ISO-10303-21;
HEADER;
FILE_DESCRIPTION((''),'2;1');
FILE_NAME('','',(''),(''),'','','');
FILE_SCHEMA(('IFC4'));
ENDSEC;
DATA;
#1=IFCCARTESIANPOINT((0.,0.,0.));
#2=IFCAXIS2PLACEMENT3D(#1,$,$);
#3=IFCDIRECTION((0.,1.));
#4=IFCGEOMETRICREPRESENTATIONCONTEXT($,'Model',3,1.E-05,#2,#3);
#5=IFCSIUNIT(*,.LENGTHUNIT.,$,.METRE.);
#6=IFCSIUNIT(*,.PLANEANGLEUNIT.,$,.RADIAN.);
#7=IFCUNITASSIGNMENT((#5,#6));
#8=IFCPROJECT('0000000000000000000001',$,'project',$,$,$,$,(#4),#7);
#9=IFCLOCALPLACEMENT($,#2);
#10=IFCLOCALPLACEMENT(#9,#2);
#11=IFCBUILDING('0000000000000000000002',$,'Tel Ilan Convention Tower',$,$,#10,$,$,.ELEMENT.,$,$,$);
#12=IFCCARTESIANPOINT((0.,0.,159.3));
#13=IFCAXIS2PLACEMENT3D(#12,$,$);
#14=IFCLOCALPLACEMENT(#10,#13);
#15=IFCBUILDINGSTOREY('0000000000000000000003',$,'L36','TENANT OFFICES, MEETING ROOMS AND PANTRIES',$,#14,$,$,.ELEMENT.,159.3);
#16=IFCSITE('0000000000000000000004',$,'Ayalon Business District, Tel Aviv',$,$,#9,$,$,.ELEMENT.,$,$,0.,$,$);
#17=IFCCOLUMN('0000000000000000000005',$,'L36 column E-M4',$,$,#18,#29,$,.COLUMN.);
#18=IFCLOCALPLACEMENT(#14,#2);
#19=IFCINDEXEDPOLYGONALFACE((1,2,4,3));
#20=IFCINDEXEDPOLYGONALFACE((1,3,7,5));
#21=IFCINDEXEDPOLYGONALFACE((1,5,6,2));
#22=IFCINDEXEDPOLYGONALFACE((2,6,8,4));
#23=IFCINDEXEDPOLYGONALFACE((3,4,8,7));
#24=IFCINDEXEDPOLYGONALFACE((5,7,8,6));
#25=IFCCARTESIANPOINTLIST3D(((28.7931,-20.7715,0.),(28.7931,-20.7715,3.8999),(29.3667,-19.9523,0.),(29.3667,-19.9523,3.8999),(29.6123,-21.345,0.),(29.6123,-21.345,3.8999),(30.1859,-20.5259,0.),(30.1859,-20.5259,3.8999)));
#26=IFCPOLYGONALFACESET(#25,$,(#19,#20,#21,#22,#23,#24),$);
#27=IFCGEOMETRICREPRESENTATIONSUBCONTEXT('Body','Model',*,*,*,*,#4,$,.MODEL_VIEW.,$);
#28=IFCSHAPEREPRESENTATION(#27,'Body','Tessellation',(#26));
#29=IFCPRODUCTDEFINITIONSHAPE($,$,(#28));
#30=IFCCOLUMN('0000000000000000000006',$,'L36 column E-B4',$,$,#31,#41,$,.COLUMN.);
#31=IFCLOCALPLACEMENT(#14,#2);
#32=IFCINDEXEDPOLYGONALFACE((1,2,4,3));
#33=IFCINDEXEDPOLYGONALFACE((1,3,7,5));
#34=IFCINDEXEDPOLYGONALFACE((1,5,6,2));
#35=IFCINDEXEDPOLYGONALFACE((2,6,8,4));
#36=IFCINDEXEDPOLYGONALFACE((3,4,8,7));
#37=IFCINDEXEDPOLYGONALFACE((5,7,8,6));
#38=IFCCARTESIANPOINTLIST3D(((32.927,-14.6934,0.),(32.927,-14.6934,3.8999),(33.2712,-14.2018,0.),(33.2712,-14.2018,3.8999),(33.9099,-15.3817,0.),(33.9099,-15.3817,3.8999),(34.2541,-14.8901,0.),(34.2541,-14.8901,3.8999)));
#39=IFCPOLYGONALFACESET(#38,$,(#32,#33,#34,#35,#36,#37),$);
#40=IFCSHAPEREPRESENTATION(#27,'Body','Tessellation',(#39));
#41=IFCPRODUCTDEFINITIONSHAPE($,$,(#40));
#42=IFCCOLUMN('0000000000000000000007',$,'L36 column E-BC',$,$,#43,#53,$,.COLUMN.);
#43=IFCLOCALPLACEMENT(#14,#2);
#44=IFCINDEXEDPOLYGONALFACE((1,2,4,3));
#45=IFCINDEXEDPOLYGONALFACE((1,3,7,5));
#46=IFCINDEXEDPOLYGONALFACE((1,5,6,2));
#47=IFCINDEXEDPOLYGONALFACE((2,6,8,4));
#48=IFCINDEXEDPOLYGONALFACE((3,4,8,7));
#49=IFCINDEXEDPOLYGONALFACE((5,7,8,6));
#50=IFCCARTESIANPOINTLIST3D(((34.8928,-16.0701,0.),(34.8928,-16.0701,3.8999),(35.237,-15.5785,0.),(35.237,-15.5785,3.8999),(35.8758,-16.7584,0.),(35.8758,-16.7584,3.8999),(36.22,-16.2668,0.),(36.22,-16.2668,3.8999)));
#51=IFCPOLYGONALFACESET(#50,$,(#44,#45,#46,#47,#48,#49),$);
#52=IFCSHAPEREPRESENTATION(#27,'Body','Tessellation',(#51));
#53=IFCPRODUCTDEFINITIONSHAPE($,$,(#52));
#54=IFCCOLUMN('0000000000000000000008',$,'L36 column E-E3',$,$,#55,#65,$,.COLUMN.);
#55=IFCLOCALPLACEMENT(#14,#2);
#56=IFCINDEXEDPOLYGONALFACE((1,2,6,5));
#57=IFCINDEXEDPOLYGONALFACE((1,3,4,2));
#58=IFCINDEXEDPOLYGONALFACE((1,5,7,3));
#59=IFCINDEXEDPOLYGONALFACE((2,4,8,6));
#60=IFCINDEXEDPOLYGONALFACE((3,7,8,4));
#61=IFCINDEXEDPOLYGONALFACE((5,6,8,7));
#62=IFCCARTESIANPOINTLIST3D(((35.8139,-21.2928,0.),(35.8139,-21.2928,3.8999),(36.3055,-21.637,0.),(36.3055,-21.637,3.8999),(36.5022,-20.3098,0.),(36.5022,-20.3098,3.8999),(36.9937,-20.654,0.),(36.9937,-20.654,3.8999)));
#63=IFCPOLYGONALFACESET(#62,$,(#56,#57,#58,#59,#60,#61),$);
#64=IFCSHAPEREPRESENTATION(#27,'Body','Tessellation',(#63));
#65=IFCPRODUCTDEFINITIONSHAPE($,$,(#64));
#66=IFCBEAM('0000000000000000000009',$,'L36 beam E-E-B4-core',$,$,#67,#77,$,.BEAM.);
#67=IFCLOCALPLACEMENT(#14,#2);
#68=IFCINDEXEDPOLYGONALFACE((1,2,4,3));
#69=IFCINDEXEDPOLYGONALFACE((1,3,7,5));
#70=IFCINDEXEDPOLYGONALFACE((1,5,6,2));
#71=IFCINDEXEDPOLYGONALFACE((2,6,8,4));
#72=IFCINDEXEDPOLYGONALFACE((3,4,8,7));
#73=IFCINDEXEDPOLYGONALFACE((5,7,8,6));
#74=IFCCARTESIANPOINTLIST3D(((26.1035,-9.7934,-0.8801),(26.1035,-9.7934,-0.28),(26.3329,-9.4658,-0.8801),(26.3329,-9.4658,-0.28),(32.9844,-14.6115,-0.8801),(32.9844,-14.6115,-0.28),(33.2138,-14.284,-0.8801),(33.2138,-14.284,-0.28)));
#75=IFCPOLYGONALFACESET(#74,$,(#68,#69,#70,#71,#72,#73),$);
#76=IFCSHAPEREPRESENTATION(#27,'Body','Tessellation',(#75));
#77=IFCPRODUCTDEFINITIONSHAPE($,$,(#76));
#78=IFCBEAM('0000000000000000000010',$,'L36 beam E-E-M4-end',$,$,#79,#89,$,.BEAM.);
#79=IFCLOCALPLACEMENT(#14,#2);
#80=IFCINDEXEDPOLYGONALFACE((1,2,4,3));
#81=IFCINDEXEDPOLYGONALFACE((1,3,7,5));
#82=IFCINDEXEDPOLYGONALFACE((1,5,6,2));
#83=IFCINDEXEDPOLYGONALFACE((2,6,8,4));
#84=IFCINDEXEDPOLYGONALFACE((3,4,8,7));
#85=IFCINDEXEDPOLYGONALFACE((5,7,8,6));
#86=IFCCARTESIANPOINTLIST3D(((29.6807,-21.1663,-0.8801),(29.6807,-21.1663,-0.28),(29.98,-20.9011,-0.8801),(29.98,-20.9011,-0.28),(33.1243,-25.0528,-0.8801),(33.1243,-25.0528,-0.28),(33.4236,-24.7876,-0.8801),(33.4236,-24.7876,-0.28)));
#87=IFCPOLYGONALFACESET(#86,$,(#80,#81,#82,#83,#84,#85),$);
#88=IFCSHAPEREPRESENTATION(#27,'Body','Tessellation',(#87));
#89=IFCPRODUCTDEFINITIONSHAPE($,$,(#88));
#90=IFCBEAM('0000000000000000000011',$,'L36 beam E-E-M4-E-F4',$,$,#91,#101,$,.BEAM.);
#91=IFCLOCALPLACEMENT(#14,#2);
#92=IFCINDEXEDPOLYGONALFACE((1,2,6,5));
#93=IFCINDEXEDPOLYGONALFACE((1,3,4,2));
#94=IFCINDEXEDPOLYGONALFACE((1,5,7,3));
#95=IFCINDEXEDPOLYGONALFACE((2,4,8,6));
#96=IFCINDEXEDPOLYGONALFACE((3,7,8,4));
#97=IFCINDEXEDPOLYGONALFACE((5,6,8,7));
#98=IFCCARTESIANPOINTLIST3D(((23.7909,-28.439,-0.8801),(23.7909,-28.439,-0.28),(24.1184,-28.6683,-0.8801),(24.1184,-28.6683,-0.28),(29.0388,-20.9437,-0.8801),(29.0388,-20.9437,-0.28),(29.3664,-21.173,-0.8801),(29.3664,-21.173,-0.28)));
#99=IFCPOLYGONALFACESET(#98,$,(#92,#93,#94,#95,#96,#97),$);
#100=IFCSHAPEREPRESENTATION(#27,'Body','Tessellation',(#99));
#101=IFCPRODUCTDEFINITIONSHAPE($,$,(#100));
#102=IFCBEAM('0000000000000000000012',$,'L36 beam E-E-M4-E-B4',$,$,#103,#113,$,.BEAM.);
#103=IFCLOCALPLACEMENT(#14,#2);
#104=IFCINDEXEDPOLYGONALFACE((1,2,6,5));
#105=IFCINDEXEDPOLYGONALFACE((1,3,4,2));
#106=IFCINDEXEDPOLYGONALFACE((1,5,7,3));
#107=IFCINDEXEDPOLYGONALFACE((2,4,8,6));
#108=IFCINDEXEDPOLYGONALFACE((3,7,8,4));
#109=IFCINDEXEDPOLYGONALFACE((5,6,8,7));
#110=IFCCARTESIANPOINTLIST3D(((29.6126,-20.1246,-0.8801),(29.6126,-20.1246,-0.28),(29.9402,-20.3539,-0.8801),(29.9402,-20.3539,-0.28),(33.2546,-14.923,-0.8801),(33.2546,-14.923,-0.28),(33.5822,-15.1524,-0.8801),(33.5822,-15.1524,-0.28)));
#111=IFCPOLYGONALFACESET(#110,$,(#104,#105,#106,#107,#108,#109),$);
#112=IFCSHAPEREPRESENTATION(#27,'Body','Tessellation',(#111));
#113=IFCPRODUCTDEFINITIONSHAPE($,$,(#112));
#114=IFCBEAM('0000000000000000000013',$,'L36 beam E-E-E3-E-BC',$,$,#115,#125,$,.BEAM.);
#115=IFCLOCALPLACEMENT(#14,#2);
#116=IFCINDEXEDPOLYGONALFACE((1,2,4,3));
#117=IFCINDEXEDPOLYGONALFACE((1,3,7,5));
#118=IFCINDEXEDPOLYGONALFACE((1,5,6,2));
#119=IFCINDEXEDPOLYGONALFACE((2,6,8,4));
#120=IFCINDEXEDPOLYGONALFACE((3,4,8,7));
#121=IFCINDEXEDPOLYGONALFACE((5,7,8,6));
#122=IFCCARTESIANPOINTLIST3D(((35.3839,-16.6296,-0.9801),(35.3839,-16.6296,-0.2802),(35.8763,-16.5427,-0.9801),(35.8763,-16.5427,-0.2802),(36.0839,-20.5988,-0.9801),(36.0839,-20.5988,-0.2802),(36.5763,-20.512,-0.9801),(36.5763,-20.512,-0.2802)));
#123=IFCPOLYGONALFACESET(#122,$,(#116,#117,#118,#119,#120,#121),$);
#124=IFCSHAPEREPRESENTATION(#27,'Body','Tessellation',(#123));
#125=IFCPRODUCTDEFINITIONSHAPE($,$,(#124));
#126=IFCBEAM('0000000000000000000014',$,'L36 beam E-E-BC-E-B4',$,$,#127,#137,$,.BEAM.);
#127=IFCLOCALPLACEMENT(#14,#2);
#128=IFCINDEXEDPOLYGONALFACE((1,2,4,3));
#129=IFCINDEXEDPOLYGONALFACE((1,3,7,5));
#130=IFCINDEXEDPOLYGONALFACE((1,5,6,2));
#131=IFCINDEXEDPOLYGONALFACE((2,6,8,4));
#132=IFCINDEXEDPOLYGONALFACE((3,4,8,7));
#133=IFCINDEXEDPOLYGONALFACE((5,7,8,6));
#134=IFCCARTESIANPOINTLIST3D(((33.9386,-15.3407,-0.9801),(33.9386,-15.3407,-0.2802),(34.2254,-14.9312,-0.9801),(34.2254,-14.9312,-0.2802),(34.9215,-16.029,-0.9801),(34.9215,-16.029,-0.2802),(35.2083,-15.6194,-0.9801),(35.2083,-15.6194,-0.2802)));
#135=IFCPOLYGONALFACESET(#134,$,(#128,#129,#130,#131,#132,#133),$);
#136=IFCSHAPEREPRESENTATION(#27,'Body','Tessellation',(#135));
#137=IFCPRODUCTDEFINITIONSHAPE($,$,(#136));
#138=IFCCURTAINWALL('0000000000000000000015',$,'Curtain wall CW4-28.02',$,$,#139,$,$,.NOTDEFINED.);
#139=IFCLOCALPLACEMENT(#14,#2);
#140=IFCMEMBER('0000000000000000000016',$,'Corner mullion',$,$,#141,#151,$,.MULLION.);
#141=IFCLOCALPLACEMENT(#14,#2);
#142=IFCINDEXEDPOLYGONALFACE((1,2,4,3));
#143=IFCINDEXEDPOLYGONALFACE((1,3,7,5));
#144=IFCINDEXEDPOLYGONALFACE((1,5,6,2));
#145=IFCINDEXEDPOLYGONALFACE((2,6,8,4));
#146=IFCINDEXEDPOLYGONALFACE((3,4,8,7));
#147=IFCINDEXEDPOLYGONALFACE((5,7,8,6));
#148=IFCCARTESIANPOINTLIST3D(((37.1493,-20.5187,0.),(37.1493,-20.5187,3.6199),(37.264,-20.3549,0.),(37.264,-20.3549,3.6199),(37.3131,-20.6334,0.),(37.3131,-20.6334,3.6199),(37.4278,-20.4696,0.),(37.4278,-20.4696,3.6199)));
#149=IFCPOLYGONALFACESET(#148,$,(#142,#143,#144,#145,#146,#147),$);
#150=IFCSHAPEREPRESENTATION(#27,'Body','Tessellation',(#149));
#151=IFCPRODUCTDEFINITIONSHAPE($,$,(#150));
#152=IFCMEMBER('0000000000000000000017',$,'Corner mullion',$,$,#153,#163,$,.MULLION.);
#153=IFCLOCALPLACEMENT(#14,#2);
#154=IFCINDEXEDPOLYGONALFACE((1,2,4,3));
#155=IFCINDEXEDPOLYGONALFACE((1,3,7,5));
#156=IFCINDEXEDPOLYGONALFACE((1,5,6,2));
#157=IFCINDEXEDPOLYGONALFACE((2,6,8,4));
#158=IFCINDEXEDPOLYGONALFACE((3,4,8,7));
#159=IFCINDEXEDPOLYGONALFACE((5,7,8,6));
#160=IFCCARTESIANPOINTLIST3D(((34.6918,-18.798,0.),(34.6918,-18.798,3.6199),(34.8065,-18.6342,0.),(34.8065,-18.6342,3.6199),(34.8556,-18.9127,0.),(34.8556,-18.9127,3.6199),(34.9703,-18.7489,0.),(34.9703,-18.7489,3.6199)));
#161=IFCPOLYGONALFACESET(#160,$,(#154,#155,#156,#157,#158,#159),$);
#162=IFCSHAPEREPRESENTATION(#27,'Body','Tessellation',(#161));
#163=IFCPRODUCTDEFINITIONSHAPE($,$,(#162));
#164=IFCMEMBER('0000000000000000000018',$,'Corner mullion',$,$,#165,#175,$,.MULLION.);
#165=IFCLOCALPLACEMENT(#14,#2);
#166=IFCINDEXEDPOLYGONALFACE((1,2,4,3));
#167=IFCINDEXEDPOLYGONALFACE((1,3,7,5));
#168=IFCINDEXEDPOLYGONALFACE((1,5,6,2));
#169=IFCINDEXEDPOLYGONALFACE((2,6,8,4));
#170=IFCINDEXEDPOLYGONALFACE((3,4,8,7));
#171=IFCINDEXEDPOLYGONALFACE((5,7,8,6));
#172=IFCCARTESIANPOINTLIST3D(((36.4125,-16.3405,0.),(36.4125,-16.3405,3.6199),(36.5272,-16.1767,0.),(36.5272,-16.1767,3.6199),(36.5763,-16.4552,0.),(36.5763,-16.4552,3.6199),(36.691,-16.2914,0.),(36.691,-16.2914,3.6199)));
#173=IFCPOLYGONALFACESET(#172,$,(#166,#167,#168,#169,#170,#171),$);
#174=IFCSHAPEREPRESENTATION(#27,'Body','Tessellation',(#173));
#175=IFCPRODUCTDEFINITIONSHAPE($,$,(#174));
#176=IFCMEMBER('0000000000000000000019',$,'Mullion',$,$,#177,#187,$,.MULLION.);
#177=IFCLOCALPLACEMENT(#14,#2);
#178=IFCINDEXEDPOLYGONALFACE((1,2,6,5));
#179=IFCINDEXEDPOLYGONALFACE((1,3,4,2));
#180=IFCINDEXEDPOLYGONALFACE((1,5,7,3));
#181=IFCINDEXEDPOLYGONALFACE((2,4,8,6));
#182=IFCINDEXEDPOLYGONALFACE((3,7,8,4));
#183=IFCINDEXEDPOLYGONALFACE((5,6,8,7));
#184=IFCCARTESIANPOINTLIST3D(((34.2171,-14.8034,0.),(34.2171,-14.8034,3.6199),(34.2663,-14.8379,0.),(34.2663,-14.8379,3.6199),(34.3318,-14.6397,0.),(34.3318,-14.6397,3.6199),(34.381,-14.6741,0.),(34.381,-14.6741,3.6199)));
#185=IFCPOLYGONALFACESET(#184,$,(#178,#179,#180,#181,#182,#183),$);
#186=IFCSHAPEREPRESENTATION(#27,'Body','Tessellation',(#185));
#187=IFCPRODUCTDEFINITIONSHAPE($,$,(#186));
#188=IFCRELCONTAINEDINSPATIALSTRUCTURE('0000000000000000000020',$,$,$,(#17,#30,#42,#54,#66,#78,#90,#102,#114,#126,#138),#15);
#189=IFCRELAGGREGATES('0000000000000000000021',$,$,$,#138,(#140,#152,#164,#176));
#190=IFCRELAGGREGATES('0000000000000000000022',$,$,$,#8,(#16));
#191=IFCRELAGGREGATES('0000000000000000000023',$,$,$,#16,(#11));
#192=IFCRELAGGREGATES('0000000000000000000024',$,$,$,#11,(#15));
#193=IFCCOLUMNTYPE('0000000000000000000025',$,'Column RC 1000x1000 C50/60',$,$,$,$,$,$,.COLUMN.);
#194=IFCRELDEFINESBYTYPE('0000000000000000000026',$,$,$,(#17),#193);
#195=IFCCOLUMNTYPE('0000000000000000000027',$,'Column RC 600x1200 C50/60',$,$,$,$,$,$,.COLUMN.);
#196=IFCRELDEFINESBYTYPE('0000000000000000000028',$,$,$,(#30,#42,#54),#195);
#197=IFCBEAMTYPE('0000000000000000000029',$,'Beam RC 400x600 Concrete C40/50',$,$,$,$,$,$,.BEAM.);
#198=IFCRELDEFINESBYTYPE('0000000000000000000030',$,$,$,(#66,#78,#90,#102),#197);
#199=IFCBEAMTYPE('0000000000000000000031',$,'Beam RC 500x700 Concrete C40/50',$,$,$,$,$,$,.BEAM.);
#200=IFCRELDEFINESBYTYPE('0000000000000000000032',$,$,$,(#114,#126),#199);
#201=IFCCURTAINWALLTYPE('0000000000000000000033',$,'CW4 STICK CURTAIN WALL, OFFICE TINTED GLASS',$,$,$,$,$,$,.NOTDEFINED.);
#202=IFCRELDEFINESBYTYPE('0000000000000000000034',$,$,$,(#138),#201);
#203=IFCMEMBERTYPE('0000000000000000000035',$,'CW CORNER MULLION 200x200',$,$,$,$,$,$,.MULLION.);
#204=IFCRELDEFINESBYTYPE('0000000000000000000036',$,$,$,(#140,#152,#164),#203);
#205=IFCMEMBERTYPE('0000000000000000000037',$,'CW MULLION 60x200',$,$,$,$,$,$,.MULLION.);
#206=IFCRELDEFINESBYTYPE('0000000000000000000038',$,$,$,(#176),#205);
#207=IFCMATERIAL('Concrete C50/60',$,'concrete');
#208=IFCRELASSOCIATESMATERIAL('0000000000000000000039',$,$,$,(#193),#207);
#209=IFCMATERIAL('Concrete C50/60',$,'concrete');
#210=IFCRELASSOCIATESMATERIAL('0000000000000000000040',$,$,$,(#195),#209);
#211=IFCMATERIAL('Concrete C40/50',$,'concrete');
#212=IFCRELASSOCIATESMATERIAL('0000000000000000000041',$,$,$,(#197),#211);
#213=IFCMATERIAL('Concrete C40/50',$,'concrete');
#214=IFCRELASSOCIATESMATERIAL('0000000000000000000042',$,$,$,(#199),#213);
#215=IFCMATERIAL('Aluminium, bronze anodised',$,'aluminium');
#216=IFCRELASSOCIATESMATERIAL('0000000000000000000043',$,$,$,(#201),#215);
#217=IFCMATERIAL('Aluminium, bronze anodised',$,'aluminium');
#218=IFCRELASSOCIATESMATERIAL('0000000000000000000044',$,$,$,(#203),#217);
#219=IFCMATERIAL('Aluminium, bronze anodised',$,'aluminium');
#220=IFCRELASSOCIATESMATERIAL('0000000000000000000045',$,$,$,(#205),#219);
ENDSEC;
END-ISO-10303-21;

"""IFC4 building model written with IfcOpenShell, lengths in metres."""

from ifc_helpers import new_model, si_unit, direction, frame, origin, origin_2d, place, context, subcontext, project, spatial, rectangle, extrude, material, material_profile, profile_set, type_object, element, aggregate, save


model = new_model("IFC4")

# Units and contexts
model_context = context("Model", 3, precision=1e-05, world=origin(), true_north=direction((0.0, 1.0)))
body_context = subcontext(model_context, "Body", "Model", "MODEL_VIEW")
ifc_project = project(units=[si_unit("LENGTHUNIT", "METRE"), si_unit("PLANEANGLEUNIT", "RADIAN")], contexts=[model_context])

# Site, building, storey
site_placement = place(None, origin())
site = spatial("IfcSite", under=ifc_project, at=site_placement, Name="Ayalon Business District, Tel Aviv", CompositionType="ELEMENT", RefElevation=0.0)
building_placement = place(site_placement, origin())
building = spatial("IfcBuilding", under=site, at=building_placement, Name="Tel Ilan Convention Tower", CompositionType="ELEMENT")
storey_placement = place(building_placement, frame((0.0, 0.0, 159.3)))
storey = spatial("IfcBuildingStorey", under=building, at=storey_placement, Name="L36", Description="TENANT OFFICES, MEETING ROOMS AND PANTRIES", CompositionType="ELEMENT", Elevation=159.3)

# Columns
ifc_material_1 = material(Name="Concrete C50/60", Category="concrete")
ifc_material_profile_1 = material_profile(ifc_material_1, rectangle(XDim=1.0, YDim=1.0, at=origin_2d()), Name="RC 1000x1000")
ifc_profile_set_1 = profile_set([ifc_material_profile_1], Name="Concrete C50/60")
column_type_1 = type_object("IfcColumnType", Name="Column RC 1000x1000 C50/60", PredefinedType="COLUMN", material=ifc_profile_set_1)
column_placement = place(storey_placement, frame((29.4895, -20.6487, 0.0), z_axis=(0.0, 0.0, 1.0), x_axis=(0.819152, -0.573576, 0.0)))
element("IfcColumn", 1, at=column_placement, inside=storey, type_object=column_type_1, Name="L36 column E-M4", PredefinedType="COLUMN", context=body_context, shape_type="SweptSolid", body=[
    extrude(rectangle(XDim=1.0, YDim=1.0, at=origin_2d()), origin(), (0.0, 0.0, 1.0), 3.8999),
])
ifc_material_2 = material(Name="Concrete C50/60", Category="concrete")
ifc_material_profile_2 = material_profile(ifc_material_2, rectangle(XDim=1.2, YDim=0.6001, at=origin_2d()), Name="RC 600x1200")
ifc_profile_set_2 = profile_set([ifc_material_profile_2], Name="Concrete C50/60")
column_type_2 = type_object("IfcColumnType", Name="Column RC 600x1200 C50/60", PredefinedType="COLUMN", material=ifc_profile_set_2)
for number, where, z_axis, x_axis, name in (
    (2, (33.5906, -14.7917, 0.0), (0.0, 0.0, 1.0), (0.819152, -0.573576, 0.0), "L36 column E-B4"),
    (3, (35.5564, -16.1685, 0.0), (0.0, 0.0, 1.0), (0.819152, -0.573576, 0.0), "L36 column E-BC"),
    (4, (36.4038, -20.9734, 0.0), (0.0, 0.0, 1.0), (0.573576, 0.819152, 0.0), "L36 column E-E3"),
):
    element("IfcColumn", number, at=place(storey_placement, frame(where, z_axis=z_axis, x_axis=x_axis)), inside=storey, type_object=column_type_2, Name=name, PredefinedType="COLUMN", context=body_context, shape_type="SweptSolid", body=[
        extrude(rectangle(XDim=1.2, YDim=0.6001, at=origin_2d()), origin(), (0.0, 0.0, 1.0), 3.8999),
    ])

# Beams
ifc_material_3 = material(Name="Concrete C40/50", Category="concrete")
ifc_material_profile_3 = material_profile(ifc_material_3, rectangle(XDim=0.3999, YDim=0.6001, at=origin_2d()), Name="RC 400x600")
ifc_profile_set_3 = profile_set([ifc_material_profile_3], Name="Concrete C40/50")
beam_type_1 = type_object("IfcBeamType", Name="Beam RC 400x600 Concrete C40/50", PredefinedType="BEAM", material=ifc_profile_set_3)
beam_1_placement = place(storey_placement, frame((33.0991, -14.4478, -0.5801), z_axis=(-0.819147, 0.573583, 0.0), x_axis=(-0.573583, -0.819147, 0.0)))
element("IfcBeam", 5, at=beam_1_placement, inside=storey, type_object=beam_type_1, Name="L36 beam E-E-B4-core", PredefinedType="BEAM", context=body_context, shape_type="SweptSolid", body=[
    extrude(rectangle(XDim=0.3999, YDim=0.6001, at=origin_2d()), origin(), (0.0, 0.0, 1.0), 8.4001),
])
beam_2_placement = place(storey_placement, frame((29.8303, -21.0337, -0.5801), z_axis=(0.663175, -0.748464, 0.0), x_axis=(0.748464, 0.663175, 0.0)))
element("IfcBeam", 6, at=beam_2_placement, inside=storey, type_object=beam_type_1, Name="L36 beam E-E-M4-end", PredefinedType="BEAM", context=body_context, shape_type="SweptSolid", body=[
    extrude(rectangle(XDim=0.3999, YDim=0.6001, at=origin_2d()), origin(), (0.0, 0.0, 1.0), 5.1926),
])
beam_3_placement = place(storey_placement, frame((29.2026, -21.0583, -0.5801), z_axis=(-0.573557, -0.819165, 0.0), x_axis=(0.819165, -0.573557, 0.0)))
element("IfcBeam", 7, at=beam_3_placement, inside=storey, type_object=beam_type_1, Name="L36 beam E-E-M4-E-F4", PredefinedType="BEAM", context=body_context, shape_type="SweptSolid", body=[
    extrude(rectangle(XDim=0.3999, YDim=0.6001, at=origin_2d()), origin(), (0.0, 0.0, 1.0), 9.1499),
])
beam_4_placement = place(storey_placement, frame((29.7764, -20.2393, -0.5801), z_axis=(0.57356, 0.819163, 0.0), x_axis=(-0.819163, 0.57356, 0.0)))
element("IfcBeam", 8, at=beam_4_placement, inside=storey, type_object=beam_type_1, Name="L36 beam E-E-M4-E-B4", PredefinedType="BEAM", context=body_context, shape_type="SweptSolid", body=[
    extrude(rectangle(XDim=0.3999, YDim=0.6001, at=origin_2d()), origin(), (0.0, 0.0, 1.0), 6.3499),
])
ifc_material_4 = material(Name="Concrete C40/50", Category="concrete")
ifc_material_profile_4 = material_profile(ifc_material_4, rectangle(XDim=0.5, YDim=0.7, at=origin_2d()), Name="RC 500x700")
ifc_profile_set_4 = profile_set([ifc_material_profile_4], Name="Concrete C40/50")
beam_type_2 = type_object("IfcBeamType", Name="Beam RC 500x700 Concrete C40/50", PredefinedType="BEAM", material=ifc_profile_set_4)
beam_5_placement = place(storey_placement, frame((36.3301, -20.5554, -0.6301), z_axis=(-0.173664, 0.984805, 0.0), x_axis=(-0.984805, -0.173664, 0.0)))
element("IfcBeam", 9, at=beam_5_placement, inside=storey, type_object=beam_type_2, Name="L36 beam E-E-E3-E-BC", PredefinedType="BEAM", context=body_context, shape_type="SweptSolid", body=[
    extrude(rectangle(XDim=0.5, YDim=0.7, at=origin_2d()), origin(), (0.0, 0.0, 1.0), 4.0305),
])
beam_6_placement = place(storey_placement, frame((35.0649, -15.8242, -0.6301), z_axis=(-0.819155, 0.573572, 0.0), x_axis=(-0.573572, -0.819155, 0.0)))
element("IfcBeam", 10, at=beam_6_placement, inside=storey, type_object=beam_type_2, Name="L36 beam E-E-BC-E-B4", PredefinedType="BEAM", context=body_context, shape_type="SweptSolid", body=[
    extrude(rectangle(XDim=0.5, YDim=0.7, at=origin_2d()), origin(), (0.0, 0.0, 1.0), 1.2),
])

# Curtain wall, members
ifc_material_5 = material(Name="Aluminium, bronze anodised", Category="aluminium")
curtain_wall_type = type_object("IfcCurtainWallType", Name="CW4 STICK CURTAIN WALL, OFFICE TINTED GLASS", PredefinedType="NOTDEFINED", material=ifc_material_5)
curtain_wall_placement = place(storey_placement, origin())
curtain_wall = element("IfcCurtainWall", 11, at=curtain_wall_placement, inside=storey, type_object=curtain_wall_type, Name="Curtain wall CW4-28.02", PredefinedType="NOTDEFINED")
ifc_material_6 = material(Name="Aluminium, bronze anodised", Category="aluminium")
ifc_material_profile_5 = material_profile(ifc_material_6, rectangle(XDim=0.2, YDim=0.2, at=origin_2d()), Name="CW CORNER MULLION 200x200")
ifc_profile_set_5 = profile_set([ifc_material_profile_5], Name="Aluminium, bronze anodised")
member_type_1 = type_object("IfcMemberType", Name="CW CORNER MULLION 200x200", PredefinedType="MULLION", material=ifc_profile_set_5)
member_1_placement = place(storey_placement, frame((37.2886, -20.4941, 0.0), z_axis=(0.0, 0.0, 1.0), x_axis=(0.573576, 0.819152, 0.0)))
member_1 = element("IfcMember", 12, at=member_1_placement, type_object=member_type_1, Name="Corner mullion", PredefinedType="MULLION", context=body_context, shape_type="SweptSolid", body=[
    extrude(rectangle(XDim=0.2, YDim=0.2, at=origin_2d()), origin(), (0.0, 0.0, 1.0), 3.6199),
])
member_2_placement = place(storey_placement, frame((34.8311, -18.7734, 0.0), z_axis=(0.0, 0.0, 1.0), x_axis=(-0.819152, 0.573576, 0.0)))
member_2 = element("IfcMember", 13, at=member_2_placement, type_object=member_type_1, Name="Corner mullion", PredefinedType="MULLION", context=body_context, shape_type="SweptSolid", body=[
    extrude(rectangle(XDim=0.2, YDim=0.2, at=origin_2d()), origin(), (0.0, 0.0, 1.0), 3.6199),
])
member_3_placement = place(storey_placement, frame((36.5518, -16.3159, 0.0), z_axis=(0.0, 0.0, 1.0), x_axis=(0.573576, 0.819152, 0.0)))
member_3 = element("IfcMember", 14, at=member_3_placement, type_object=member_type_1, Name="Corner mullion", PredefinedType="MULLION", context=body_context, shape_type="SweptSolid", body=[
    extrude(rectangle(XDim=0.2, YDim=0.2, at=origin_2d()), origin(), (0.0, 0.0, 1.0), 3.6199),
])
ifc_material_7 = material(Name="Aluminium, bronze anodised", Category="aluminium")
ifc_material_profile_6 = material_profile(ifc_material_7, rectangle(XDim=0.0601, YDim=0.2, at=origin_2d()), Name="CW MULLION 60x200")
ifc_profile_set_6 = profile_set([ifc_material_profile_6], Name="Aluminium, bronze anodised")
member_type_2 = type_object("IfcMemberType", Name="CW MULLION 60x200", PredefinedType="MULLION", material=ifc_profile_set_6)
member_4_placement = place(storey_placement, frame((34.2991, -14.7388, 0.0), z_axis=(0.0, 0.0, 1.0), x_axis=(-0.819152, 0.573576, 0.0)))
member_4 = element("IfcMember", 15, at=member_4_placement, type_object=member_type_2, Name="Mullion", PredefinedType="MULLION", context=body_context, shape_type="SweptSolid", body=[
    extrude(rectangle(XDim=0.0601, YDim=0.2, at=origin_2d()), origin(), (0.0, 0.0, 1.0), 3.6199),
])
aggregate(curtain_wall, [member_1, member_2, member_3, member_4])

save(model, "model.ifc")
